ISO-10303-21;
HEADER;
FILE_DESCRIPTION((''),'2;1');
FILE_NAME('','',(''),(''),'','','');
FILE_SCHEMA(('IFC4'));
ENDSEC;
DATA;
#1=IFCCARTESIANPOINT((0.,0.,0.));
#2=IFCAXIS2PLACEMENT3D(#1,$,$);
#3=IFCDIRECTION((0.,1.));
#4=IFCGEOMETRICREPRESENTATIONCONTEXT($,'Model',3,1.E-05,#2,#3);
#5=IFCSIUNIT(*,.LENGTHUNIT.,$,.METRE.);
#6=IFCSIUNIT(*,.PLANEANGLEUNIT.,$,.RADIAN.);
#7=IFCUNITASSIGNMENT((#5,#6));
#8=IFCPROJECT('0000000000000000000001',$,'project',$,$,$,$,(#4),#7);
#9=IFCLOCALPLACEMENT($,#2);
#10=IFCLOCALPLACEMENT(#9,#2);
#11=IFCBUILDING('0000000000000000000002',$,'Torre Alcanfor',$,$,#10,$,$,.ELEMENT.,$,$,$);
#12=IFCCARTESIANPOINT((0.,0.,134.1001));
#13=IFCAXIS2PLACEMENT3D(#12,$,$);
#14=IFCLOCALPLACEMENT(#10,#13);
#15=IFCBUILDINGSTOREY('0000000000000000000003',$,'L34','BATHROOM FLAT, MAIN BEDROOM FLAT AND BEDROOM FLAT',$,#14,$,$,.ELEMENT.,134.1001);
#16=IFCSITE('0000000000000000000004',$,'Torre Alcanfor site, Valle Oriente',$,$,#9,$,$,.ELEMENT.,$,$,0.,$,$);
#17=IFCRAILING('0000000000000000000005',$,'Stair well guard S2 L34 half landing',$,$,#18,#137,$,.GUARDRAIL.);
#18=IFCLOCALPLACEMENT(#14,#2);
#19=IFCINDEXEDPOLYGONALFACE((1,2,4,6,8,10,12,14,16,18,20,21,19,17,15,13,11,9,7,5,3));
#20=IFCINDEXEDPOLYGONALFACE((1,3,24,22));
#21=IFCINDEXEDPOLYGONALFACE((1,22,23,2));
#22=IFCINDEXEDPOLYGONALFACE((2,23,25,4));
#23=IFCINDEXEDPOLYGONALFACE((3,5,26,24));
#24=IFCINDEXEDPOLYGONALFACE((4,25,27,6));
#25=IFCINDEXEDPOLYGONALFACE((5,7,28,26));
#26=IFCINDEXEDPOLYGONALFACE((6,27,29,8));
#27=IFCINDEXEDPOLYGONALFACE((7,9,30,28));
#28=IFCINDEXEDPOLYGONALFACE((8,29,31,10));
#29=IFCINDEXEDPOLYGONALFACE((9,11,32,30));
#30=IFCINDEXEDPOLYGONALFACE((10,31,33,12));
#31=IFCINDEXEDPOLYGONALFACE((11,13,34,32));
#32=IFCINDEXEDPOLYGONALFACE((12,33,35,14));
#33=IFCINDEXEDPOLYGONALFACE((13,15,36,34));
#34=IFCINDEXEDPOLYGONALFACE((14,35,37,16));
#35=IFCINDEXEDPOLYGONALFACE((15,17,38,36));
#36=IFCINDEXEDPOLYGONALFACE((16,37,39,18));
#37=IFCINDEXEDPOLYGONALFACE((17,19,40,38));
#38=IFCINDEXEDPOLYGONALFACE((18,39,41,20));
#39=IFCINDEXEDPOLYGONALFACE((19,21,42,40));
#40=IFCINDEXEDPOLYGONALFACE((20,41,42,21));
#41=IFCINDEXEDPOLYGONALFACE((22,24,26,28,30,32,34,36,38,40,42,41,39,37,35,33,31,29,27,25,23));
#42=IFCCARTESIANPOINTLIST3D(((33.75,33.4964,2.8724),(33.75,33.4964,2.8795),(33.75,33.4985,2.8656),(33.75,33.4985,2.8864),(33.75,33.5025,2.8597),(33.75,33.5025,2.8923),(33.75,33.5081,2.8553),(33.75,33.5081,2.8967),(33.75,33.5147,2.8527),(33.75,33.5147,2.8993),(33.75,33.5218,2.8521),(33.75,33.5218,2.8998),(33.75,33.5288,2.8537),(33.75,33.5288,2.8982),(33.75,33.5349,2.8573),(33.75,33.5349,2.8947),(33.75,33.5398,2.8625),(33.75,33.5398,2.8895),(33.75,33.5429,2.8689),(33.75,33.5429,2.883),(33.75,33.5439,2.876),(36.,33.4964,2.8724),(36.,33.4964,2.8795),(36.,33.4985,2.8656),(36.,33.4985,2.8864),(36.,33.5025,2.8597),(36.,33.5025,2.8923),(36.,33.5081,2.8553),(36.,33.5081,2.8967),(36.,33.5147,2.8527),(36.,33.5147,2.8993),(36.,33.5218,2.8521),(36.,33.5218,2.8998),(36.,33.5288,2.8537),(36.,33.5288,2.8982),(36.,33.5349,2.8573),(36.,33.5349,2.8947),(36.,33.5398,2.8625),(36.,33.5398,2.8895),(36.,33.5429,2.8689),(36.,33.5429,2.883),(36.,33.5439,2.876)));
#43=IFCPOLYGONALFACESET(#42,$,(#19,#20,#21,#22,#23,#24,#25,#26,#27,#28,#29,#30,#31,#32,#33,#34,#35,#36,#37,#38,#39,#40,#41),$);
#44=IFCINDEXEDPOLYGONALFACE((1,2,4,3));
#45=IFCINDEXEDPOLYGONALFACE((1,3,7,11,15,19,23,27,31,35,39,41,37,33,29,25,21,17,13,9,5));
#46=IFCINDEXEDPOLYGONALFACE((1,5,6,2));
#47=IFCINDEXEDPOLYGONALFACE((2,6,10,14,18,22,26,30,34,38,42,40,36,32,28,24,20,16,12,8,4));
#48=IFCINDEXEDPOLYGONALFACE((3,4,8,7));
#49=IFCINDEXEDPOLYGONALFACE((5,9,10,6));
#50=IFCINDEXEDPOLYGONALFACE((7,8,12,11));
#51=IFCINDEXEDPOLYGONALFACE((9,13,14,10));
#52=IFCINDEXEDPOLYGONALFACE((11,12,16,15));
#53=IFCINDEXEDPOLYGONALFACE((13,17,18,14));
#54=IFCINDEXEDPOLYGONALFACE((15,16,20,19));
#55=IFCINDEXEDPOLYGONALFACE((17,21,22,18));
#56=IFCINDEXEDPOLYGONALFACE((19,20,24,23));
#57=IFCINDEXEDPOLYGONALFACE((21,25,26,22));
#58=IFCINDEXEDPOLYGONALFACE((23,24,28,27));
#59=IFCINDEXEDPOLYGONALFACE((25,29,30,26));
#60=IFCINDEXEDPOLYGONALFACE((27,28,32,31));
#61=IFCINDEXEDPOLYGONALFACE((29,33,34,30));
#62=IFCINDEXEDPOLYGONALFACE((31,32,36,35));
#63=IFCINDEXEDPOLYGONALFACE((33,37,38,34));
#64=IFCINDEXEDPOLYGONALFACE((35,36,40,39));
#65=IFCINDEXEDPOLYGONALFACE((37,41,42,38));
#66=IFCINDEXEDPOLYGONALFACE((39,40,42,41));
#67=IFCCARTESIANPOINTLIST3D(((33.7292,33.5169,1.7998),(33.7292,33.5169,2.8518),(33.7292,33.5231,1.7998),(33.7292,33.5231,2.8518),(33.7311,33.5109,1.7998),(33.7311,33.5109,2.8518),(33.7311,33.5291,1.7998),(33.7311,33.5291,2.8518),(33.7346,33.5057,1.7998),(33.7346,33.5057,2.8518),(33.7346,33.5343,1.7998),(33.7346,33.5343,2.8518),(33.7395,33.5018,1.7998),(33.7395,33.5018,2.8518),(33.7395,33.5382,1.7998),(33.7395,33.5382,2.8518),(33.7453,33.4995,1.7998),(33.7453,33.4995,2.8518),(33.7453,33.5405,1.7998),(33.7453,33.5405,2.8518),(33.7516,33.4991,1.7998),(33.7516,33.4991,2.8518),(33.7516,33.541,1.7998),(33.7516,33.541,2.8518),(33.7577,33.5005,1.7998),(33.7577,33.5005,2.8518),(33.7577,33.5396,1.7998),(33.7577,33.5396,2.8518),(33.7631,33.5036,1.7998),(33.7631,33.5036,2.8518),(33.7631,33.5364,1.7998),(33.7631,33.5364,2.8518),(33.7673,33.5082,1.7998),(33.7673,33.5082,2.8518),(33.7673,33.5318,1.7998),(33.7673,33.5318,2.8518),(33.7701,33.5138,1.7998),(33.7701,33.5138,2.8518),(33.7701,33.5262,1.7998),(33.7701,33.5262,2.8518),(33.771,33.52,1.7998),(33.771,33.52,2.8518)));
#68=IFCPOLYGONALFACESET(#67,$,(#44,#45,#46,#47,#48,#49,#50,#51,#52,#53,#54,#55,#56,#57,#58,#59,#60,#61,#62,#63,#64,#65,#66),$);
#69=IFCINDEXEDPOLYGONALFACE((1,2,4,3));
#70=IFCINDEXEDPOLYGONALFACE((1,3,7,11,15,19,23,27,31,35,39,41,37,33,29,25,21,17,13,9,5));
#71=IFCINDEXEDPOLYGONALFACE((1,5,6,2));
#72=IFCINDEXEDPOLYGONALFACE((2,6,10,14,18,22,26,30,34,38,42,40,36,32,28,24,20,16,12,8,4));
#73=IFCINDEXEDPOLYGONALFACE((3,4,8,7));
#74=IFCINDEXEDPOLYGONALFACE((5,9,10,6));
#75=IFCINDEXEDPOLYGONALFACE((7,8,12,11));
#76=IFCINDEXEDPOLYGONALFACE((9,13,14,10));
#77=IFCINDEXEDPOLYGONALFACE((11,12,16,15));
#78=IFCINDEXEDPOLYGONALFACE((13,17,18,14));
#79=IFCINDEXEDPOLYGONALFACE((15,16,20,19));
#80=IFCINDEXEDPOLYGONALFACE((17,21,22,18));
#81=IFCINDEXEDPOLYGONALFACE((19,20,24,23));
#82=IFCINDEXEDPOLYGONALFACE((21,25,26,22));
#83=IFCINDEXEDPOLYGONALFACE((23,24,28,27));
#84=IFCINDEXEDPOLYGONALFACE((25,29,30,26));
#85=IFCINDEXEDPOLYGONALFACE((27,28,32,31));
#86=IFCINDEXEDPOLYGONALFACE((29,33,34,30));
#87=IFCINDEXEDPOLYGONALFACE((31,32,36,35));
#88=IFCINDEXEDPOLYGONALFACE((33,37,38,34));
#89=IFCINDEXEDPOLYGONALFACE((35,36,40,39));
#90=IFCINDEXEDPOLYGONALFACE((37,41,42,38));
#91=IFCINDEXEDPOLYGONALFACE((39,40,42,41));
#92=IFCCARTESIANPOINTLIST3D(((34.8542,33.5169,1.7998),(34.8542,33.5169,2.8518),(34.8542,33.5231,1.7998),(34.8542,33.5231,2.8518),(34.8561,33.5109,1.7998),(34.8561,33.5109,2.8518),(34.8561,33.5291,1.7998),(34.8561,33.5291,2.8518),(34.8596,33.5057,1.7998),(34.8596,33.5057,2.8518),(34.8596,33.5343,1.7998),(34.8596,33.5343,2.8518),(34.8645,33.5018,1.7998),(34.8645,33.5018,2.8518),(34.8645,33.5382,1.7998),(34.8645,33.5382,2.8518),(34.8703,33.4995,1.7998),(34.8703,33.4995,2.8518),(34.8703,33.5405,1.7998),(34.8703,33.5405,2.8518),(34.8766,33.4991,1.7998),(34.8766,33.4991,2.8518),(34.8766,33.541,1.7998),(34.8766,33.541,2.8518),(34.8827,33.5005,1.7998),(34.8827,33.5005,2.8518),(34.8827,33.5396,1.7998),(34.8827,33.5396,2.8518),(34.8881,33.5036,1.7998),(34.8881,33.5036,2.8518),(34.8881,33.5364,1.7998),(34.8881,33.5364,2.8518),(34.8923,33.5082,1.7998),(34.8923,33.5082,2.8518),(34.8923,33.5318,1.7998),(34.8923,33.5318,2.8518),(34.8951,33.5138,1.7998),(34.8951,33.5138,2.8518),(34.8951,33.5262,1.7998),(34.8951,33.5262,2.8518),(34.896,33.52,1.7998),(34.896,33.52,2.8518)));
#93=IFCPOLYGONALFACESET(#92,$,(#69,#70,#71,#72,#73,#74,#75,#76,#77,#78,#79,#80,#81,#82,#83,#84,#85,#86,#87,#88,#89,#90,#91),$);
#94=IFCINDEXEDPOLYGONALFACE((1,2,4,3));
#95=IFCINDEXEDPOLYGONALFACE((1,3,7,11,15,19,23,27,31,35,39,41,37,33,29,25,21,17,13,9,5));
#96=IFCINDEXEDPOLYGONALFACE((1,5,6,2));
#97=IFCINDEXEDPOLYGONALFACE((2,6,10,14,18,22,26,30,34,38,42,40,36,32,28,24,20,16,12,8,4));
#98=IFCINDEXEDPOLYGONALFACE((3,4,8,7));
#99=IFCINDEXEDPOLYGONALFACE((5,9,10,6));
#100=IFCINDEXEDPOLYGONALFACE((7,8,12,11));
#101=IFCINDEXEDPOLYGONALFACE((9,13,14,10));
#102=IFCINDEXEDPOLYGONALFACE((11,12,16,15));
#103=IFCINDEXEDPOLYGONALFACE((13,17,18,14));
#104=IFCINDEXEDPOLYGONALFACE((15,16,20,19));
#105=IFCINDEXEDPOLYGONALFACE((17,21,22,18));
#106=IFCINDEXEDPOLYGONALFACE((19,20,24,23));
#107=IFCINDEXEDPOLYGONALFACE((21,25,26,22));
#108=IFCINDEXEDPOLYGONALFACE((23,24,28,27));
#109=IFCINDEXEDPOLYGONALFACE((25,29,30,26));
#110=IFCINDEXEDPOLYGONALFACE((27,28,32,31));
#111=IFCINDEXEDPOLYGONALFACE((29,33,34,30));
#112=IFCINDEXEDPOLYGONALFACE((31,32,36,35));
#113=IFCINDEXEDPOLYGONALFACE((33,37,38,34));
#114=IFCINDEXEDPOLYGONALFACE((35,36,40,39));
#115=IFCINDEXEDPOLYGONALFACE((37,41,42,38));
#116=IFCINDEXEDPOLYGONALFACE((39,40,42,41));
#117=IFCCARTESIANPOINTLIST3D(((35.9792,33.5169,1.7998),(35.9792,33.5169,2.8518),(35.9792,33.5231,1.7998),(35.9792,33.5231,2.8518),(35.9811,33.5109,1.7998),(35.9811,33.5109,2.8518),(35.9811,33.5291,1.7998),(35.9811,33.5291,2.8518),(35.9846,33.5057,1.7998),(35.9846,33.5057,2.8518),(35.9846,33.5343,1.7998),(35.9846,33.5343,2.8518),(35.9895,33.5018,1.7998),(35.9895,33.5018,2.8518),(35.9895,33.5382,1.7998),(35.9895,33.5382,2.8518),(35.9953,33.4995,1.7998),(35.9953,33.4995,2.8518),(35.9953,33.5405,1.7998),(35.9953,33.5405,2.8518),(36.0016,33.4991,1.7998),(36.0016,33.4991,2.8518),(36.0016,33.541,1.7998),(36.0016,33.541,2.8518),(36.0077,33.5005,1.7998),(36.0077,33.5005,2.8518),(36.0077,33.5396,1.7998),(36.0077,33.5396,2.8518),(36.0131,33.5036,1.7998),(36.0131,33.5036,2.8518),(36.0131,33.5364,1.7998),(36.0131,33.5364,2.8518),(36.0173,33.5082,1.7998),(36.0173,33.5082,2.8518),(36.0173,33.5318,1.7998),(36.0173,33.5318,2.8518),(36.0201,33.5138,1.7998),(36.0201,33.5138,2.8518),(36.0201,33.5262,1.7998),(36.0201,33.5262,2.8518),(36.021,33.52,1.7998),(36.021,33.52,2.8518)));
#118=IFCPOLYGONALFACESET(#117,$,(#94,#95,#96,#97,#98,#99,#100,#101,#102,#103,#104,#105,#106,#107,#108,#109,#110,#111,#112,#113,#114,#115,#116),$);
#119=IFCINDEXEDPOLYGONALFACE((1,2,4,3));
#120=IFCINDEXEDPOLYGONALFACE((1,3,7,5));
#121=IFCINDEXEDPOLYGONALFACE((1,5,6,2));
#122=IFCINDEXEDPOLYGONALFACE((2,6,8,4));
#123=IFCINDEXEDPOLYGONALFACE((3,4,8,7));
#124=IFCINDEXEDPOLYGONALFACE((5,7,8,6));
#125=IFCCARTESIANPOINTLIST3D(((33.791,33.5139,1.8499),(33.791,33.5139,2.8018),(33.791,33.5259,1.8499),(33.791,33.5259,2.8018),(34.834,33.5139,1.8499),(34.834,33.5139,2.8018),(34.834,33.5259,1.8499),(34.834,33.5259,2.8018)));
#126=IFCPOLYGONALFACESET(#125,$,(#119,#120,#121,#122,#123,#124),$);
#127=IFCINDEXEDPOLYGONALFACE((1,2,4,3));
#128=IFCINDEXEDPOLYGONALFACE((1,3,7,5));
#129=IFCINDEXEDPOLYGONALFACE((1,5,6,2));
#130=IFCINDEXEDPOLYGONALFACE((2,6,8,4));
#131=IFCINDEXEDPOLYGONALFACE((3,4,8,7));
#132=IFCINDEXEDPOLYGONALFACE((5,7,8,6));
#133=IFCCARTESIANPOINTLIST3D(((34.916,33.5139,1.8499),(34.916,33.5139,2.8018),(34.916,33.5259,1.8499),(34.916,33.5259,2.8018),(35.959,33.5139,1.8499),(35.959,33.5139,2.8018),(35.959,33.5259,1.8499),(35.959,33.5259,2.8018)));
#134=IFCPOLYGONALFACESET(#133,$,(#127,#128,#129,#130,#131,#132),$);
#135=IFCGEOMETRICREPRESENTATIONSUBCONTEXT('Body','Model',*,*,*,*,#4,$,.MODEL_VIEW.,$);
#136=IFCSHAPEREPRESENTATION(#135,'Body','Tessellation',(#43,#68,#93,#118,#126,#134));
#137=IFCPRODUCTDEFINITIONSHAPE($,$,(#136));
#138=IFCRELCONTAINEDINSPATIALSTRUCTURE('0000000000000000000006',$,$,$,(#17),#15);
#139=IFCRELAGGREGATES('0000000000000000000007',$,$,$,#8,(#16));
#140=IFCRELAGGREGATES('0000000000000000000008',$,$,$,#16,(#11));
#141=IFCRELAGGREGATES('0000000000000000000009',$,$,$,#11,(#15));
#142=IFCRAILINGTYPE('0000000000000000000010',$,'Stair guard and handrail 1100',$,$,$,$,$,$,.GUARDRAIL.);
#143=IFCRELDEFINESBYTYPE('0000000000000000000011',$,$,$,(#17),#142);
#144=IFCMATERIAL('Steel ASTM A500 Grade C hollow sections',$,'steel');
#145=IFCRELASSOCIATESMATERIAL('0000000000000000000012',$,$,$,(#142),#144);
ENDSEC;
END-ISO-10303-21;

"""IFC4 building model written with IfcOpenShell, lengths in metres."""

from ifc_helpers import new_model, si_unit, direction, frame, origin, origin_2d, place, context, subcontext, project, spatial, polyline, circle, outline, extrude, material, type_object, element, save


model = new_model("IFC4")

# Units and contexts
model_context = context("Model", 3, precision=1e-05, world=origin(), true_north=direction((0.0, 1.0)))
body_context = subcontext(model_context, "Body", "Model", "MODEL_VIEW")
ifc_project = project(units=[si_unit("LENGTHUNIT", "METRE"), si_unit("PLANEANGLEUNIT", "RADIAN")], contexts=[model_context])

# Site, building, storey
site_placement = place(None, origin())
site = spatial("IfcSite", under=ifc_project, at=site_placement, Name="Torre Alcanfor site, Valle Oriente", CompositionType="ELEMENT", RefElevation=0.0)
building_placement = place(site_placement, origin())
building = spatial("IfcBuilding", under=site, at=building_placement, Name="Torre Alcanfor", CompositionType="ELEMENT")
storey_placement = place(building_placement, frame((0.0, 0.0, 134.1001)))
storey = spatial("IfcBuildingStorey", under=building, at=storey_placement, Name="L34", Description="BATHROOM FLAT, MAIN BEDROOM FLAT AND BEDROOM FLAT", CompositionType="ELEMENT", Elevation=134.1001)

# Railing
ifc_material_1 = material(Name="Steel ASTM A500 Grade C hollow sections", Category="steel")
railing_type_1 = type_object("IfcRailingType", Name="Stair guard and handrail 1100", PredefinedType="GUARDRAIL", material=ifc_material_1)
for number, where, name in (
    (1, (33.75, 33.52, 1.7998), "Stair well guard S2 L34 half landing"),
):
    element("IfcRailing", number, at=place(storey_placement, frame(where)), inside=storey, type_object=railing_type_1, Name=name, PredefinedType="GUARDRAIL", context=body_context, shape_type="SweptSolid", body=[
        extrude(circle(Radius=0.0239, at=origin_2d()), frame((0.0, 0.0, 1.0762), z_axis=(1.0, 0.0, 0.0), x_axis=(0.0, 1.0, 0.0)), (0.0, 0.0, 1.0), 2.25),
        extrude(circle(Radius=0.021, at=origin_2d()), origin(), (0.0, 0.0, 1.0), 1.052),
        extrude(circle(Radius=0.021, at=origin_2d()), frame((1.125, 0.0, 0.0)), (0.0, 0.0, 1.0), 1.052),
        extrude(circle(Radius=0.021, at=origin_2d()), frame((2.25, 0.0, 0.0)), (0.0, 0.0, 1.0), 1.052),
        extrude(outline(polyline([(0.041, 0.05), (1.084, 0.05), (1.084, 1.002), (0.041, 1.002), (0.041, 0.05)])), frame((0.0, 0.0059, 0.0), z_axis=(0.0, -1.0, 0.0), x_axis=(1.0, 0.0, 0.0)), (0.0, 0.0, 1.0), 0.012),
        extrude(outline(polyline([(1.166, 0.05), (2.209, 0.05), (2.209, 1.002), (1.166, 1.002), (1.166, 0.05)])), frame((0.0, 0.0059, 0.0), z_axis=(0.0, -1.0, 0.0), x_axis=(1.0, 0.0, 0.0)), (0.0, 0.0, 1.0), 0.012),
    ])

save(model, "model.ifc")
